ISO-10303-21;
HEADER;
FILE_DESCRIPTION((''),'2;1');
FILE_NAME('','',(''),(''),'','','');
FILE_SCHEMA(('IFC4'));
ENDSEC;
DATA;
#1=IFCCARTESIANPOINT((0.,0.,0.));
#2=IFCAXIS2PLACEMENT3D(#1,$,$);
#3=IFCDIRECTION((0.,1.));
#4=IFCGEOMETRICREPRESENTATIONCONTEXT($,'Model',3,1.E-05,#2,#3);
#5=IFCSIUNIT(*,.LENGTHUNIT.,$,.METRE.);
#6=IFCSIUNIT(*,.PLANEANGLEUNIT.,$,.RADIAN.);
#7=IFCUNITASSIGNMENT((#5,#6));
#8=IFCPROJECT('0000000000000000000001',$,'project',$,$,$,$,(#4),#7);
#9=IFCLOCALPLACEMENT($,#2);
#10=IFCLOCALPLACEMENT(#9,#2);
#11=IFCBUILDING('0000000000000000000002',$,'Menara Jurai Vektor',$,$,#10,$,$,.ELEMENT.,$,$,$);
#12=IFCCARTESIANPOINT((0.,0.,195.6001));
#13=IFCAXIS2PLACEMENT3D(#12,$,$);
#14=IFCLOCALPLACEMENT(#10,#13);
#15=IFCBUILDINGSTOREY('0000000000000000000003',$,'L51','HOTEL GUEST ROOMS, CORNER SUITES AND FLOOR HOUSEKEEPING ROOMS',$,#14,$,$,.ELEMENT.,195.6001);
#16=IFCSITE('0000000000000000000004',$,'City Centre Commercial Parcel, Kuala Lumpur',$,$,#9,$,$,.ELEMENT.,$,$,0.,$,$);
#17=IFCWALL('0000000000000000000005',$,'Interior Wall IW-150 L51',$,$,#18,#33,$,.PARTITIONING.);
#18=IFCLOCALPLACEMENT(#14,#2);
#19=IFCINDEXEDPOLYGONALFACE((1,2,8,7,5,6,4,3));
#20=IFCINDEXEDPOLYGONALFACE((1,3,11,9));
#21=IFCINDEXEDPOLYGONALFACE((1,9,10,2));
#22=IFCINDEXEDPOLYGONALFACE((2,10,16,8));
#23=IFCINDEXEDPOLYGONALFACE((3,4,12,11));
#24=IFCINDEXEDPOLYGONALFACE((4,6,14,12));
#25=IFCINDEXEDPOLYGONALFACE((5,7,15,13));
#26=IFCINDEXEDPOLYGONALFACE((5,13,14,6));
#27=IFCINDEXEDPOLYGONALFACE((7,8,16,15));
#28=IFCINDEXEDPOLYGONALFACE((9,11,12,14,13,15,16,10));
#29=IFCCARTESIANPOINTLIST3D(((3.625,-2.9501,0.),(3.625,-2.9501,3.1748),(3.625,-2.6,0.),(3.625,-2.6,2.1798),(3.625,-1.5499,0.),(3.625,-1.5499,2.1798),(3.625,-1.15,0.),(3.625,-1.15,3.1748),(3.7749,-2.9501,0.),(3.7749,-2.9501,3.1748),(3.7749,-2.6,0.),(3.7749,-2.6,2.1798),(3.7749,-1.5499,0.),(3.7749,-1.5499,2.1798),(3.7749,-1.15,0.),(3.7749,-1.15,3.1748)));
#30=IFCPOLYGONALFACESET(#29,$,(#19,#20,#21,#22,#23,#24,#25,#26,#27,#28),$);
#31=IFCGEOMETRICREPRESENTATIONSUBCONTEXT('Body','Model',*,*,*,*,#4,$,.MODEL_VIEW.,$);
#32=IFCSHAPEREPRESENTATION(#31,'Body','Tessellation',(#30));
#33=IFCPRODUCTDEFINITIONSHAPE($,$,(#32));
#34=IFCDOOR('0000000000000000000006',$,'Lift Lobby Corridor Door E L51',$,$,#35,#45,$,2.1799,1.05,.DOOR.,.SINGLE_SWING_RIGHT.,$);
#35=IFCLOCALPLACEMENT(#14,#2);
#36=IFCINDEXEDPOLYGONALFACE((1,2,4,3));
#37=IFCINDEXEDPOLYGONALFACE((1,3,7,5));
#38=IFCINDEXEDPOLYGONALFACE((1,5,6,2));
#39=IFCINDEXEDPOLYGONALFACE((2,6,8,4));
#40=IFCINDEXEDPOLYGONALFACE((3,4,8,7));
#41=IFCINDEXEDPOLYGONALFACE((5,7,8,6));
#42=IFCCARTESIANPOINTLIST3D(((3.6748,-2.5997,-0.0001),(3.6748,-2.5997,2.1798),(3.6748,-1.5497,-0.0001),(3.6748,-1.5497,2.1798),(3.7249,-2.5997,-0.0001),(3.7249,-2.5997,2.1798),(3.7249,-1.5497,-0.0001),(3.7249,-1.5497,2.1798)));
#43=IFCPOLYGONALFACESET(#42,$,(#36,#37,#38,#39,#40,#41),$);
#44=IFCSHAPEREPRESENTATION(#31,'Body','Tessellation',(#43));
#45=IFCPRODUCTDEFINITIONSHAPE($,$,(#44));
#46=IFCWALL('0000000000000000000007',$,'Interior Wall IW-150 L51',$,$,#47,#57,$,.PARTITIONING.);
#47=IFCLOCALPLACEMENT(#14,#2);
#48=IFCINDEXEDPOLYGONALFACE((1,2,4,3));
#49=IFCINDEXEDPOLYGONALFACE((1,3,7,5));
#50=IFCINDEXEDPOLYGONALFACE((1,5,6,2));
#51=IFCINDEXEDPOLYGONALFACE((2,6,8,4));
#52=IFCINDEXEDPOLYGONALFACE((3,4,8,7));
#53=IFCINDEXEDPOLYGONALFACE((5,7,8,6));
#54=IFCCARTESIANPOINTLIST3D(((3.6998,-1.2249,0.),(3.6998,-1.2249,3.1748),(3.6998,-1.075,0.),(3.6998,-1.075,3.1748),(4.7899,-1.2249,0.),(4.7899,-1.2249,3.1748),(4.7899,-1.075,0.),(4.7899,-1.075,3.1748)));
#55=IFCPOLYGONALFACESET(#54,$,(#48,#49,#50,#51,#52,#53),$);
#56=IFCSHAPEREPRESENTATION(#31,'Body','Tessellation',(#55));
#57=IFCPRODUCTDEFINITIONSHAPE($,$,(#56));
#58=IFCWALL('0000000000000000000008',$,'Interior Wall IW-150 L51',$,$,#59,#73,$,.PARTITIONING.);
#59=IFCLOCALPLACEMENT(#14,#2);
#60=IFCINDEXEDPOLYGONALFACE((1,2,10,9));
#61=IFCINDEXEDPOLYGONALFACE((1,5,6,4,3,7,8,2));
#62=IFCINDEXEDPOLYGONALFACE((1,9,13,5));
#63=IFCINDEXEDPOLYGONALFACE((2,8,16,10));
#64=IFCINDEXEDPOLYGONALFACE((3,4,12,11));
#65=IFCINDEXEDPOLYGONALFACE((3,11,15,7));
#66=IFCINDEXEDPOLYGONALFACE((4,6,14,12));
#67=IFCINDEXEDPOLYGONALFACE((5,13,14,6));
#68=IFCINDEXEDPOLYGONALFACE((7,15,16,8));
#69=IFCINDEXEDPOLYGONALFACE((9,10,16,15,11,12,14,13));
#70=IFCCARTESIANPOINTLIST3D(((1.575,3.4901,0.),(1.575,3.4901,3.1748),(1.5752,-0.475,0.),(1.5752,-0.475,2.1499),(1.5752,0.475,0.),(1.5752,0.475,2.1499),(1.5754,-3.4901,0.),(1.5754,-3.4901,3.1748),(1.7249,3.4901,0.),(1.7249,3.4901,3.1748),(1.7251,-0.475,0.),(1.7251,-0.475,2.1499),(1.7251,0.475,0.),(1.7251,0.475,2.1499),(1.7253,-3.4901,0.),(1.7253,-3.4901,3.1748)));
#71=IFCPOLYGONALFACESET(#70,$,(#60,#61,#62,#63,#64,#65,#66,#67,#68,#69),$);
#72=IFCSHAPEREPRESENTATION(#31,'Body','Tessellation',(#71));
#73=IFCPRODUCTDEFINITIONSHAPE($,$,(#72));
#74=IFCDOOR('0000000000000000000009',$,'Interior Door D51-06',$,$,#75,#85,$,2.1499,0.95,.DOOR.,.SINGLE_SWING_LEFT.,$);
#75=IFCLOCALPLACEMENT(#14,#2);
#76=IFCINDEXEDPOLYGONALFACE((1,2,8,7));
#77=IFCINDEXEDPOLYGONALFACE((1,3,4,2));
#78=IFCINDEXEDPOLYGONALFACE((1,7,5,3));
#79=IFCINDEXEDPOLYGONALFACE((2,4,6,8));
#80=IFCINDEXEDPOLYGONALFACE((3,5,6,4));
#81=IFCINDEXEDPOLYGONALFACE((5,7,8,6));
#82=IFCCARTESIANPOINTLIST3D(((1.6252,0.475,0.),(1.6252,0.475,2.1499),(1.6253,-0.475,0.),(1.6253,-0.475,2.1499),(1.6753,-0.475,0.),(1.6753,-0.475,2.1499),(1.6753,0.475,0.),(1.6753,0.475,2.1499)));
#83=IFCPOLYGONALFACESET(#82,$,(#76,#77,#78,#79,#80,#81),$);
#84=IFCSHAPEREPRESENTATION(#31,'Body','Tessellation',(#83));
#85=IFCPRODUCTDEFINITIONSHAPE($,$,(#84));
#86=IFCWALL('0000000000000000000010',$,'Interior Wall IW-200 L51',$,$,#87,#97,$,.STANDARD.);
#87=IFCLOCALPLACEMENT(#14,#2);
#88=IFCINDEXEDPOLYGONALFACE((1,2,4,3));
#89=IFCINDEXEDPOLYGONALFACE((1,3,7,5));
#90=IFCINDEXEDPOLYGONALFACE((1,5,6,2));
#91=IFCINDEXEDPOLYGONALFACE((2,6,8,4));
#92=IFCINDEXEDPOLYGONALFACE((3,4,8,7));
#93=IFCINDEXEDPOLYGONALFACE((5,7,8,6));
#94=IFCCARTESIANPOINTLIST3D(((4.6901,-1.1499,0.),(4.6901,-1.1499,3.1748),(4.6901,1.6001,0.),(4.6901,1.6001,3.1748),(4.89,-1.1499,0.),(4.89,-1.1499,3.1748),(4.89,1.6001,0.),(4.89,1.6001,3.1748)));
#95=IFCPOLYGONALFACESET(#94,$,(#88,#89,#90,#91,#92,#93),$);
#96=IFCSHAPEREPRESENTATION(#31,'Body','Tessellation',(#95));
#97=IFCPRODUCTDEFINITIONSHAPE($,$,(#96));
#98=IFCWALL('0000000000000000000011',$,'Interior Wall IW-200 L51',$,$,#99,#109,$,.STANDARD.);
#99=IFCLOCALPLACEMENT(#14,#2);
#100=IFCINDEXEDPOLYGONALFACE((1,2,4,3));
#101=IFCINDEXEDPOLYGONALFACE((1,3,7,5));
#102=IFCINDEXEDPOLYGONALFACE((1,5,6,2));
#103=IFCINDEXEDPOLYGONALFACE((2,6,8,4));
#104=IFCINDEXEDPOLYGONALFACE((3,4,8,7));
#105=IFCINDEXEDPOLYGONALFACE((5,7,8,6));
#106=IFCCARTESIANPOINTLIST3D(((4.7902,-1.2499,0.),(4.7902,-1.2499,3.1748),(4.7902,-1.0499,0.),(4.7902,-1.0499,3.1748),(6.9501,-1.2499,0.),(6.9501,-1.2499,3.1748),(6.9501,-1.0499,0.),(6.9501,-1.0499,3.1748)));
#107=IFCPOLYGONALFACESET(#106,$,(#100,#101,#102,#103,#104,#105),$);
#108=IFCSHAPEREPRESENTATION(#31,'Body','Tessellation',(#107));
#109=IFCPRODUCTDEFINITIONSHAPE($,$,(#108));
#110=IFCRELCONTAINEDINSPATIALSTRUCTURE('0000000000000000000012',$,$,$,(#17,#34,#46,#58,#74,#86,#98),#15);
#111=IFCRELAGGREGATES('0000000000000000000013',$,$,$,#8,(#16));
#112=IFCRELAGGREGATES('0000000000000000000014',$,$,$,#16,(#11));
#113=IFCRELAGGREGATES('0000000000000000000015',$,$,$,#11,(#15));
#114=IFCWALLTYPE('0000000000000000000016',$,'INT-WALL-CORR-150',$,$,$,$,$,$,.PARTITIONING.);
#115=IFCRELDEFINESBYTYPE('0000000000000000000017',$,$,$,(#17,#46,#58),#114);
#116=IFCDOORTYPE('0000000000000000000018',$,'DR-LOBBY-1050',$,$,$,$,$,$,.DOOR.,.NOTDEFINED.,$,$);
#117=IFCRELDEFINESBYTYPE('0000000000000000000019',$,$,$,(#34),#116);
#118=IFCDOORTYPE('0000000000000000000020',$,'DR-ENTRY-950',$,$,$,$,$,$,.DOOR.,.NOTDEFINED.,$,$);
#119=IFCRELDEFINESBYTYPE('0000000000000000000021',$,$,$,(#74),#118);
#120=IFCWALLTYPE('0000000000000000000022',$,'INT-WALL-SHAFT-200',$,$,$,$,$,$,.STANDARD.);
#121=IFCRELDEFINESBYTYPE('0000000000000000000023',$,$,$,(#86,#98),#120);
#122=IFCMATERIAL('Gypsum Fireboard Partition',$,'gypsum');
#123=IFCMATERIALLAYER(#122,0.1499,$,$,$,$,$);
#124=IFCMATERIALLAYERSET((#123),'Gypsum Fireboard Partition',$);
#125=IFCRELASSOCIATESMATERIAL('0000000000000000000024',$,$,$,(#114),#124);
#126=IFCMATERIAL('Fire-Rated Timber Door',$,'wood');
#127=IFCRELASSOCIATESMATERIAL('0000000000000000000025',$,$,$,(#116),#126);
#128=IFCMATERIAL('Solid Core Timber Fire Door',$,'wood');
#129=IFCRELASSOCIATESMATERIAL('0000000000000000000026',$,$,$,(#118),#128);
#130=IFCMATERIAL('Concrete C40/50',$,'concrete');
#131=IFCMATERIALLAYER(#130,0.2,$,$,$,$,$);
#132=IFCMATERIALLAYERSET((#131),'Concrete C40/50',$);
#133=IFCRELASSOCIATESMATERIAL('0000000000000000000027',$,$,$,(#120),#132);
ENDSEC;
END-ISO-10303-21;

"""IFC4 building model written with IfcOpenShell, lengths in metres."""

from ifc_helpers import new_model, si_unit, direction, frame, frame_2d, origin, place, context, subcontext, project, spatial, rectangle, extrude, material, layer, layer_set, type_object, element, fill, save


model = new_model("IFC4")

# Units and contexts
model_context = context("Model", 3, precision=1e-05, world=origin(), true_north=direction((0.0, 1.0)))
body_context = subcontext(model_context, "Body", "Model", "MODEL_VIEW")
ifc_project = project(units=[si_unit("LENGTHUNIT", "METRE"), si_unit("PLANEANGLEUNIT", "RADIAN")], contexts=[model_context])

# Site, building, storey
site_placement = place(None, origin())
site = spatial("IfcSite", under=ifc_project, at=site_placement, Name="City Centre Commercial Parcel, Kuala Lumpur", CompositionType="ELEMENT", RefElevation=0.0)
building_placement = place(site_placement, origin())
building = spatial("IfcBuilding", under=site, at=building_placement, Name="Menara Jurai Vektor", CompositionType="ELEMENT")
storey_placement = place(building_placement, frame((0.0, 0.0, 195.6001)))
storey = spatial("IfcBuildingStorey", under=building, at=storey_placement, Name="L51", Description="HOTEL GUEST ROOMS, CORNER SUITES AND FLOOR HOUSEKEEPING ROOMS", CompositionType="ELEMENT", Elevation=195.6001)

# Shared definitions
ifc_material_1 = material(Name="Concrete C40/50", Category="concrete")

# Wall, opening, door
ifc_material_2 = material(Name="Gypsum Fireboard Partition", Category="gypsum")
ifc_layer_1 = layer(ifc_material_2, 0.1499)
ifc_layer_set_1 = layer_set([ifc_layer_1], Name="Gypsum Fireboard Partition")
wall_type_1 = type_object("IfcWallType", Name="INT-WALL-CORR-150", PredefinedType="PARTITIONING", material=ifc_layer_set_1)
wall_1_placement = place(storey_placement, frame((3.7, -2.95, 0.0), z_axis=(0.0, 0.0, 1.0), x_axis=(0.0, 1.0, 0.0)))
wall_1 = element("IfcWall", 1, at=wall_1_placement, inside=storey, type_object=wall_type_1, Name="Interior Wall IW-150 L51", PredefinedType="PARTITIONING", context=body_context, shape_type="SweptSolid", body=[
    extrude(rectangle(XDim=1.8, YDim=0.1499, at=frame_2d((0.8999, 0.0))), origin(), (0.0, 0.0, 1.0), 3.1748),
])
opening_1_placement = place(wall_1_placement, frame((0.3501, 0.0, 0.0)))
opening_1 = element("IfcOpeningElement", 2, at=opening_1_placement, cuts=wall_1, PredefinedType="OPENING", context=body_context, shape_type="SweptSolid", body=[
    extrude(rectangle(XDim=1.05, YDim=2.1799, at=frame_2d((0.5249, 1.0898))), frame((0.0, 0.085, 0.0), z_axis=(0.0, -1.0, 0.0), x_axis=(1.0, 0.0, 0.0)), (0.0, 0.0, 1.0), 0.1699),
])
ifc_material_3 = material(Name="Fire-Rated Timber Door", Category="wood")
door_type_1 = type_object("IfcDoorType", Name="DR-LOBBY-1050", OperationType="NOTDEFINED", PredefinedType="DOOR", material=ifc_material_3)
door_1_placement = place(opening_1_placement, frame((1.05, 0.0, 0.0), z_axis=(0.0, 0.0, 1.0), x_axis=(-1.0, 0.0, 0.0)))
door_1 = element("IfcDoor", 3, at=door_1_placement, inside=storey, type_object=door_type_1, Name="Lift Lobby Corridor Door E L51", OperationType="SINGLE_SWING_RIGHT", OverallHeight=2.1799, OverallWidth=1.05, PredefinedType="DOOR", context=body_context, shape_type="SweptSolid", body=[
    extrude(rectangle(XDim=1.05, YDim=2.1799, at=frame_2d((0.5249, 1.0898))), frame((0.0, 0.0249, 0.0), z_axis=(0.0, -1.0, 0.0), x_axis=(1.0, 0.0, 0.0)), (0.0, 0.0, 1.0), 0.05),
])
fill(opening_1, door_1)

# Wall
wall_2_placement = place(storey_placement, frame((3.7, -1.1499, 0.0), z_axis=(0.0, 0.0, 1.0), x_axis=(1.0, 0.0, 0.0)))
element("IfcWall", 4, at=wall_2_placement, inside=storey, type_object=wall_type_1, Name="Interior Wall IW-150 L51", PredefinedType="PARTITIONING", context=body_context, shape_type="SweptSolid", body=[
    extrude(rectangle(XDim=1.0901, YDim=0.1499, at=frame_2d((0.5449, 0.0))), origin(), (0.0, 0.0, 1.0), 3.1748),
])

# Wall, opening, door
wall_3_placement = place(storey_placement, frame((1.6504, -3.4902, 0.0), z_axis=(0.0, 0.0, 1.0), x_axis=(-0.00007, 1.0, 0.0)))
wall_3 = element("IfcWall", 5, at=wall_3_placement, inside=storey, type_object=wall_type_1, Name="Interior Wall IW-150 L51", PredefinedType="PARTITIONING", context=body_context, shape_type="SweptSolid", body=[
    extrude(rectangle(XDim=6.9802, YDim=0.1499, at=frame_2d((3.4902, 0.0))), origin(), (0.0, 0.0, 1.0), 3.1748),
])
opening_2_placement = place(wall_3_placement, frame((3.0151, 0.0, 0.0)))
opening_2 = element("IfcOpeningElement", 6, at=opening_2_placement, cuts=wall_3, PredefinedType="OPENING", context=body_context, shape_type="SweptSolid", body=[
    extrude(rectangle(XDim=0.95, YDim=2.1499, at=frame_2d((0.4751, 1.075))), frame((0.0, 0.085, 0.0), z_axis=(0.0, -1.0, 0.0), x_axis=(1.0, 0.0, 0.0)), (0.0, 0.0, 1.0), 0.1699),
])
ifc_material_4 = material(Name="Solid Core Timber Fire Door", Category="wood")
door_type_2 = type_object("IfcDoorType", Name="DR-ENTRY-950", OperationType="NOTDEFINED", PredefinedType="DOOR", material=ifc_material_4)
door_2_placement = place(opening_2_placement, origin())
door_2 = element("IfcDoor", 7, at=door_2_placement, inside=storey, type_object=door_type_2, Name="Interior Door D51-06", OperationType="SINGLE_SWING_LEFT", OverallHeight=2.1499, OverallWidth=0.95, PredefinedType="DOOR", context=body_context, shape_type="SweptSolid", body=[
    extrude(rectangle(XDim=0.95, YDim=2.1499, at=frame_2d((0.4751, 1.075))), frame((0.0, 0.0249, 0.0), z_axis=(0.0, -1.0, 0.0), x_axis=(1.0, 0.0, 0.0)), (0.0, 0.0, 1.0), 0.05),
])
fill(opening_2, door_2)

# Shared definitions
ifc_layer_2 = layer(ifc_material_1, 0.2)
ifc_layer_set_2 = layer_set([ifc_layer_2], Name="Concrete C40/50")
wall_type_2 = type_object("IfcWallType", Name="INT-WALL-SHAFT-200", PredefinedType="STANDARD", material=ifc_layer_set_2)

# Walls
wall_4_placement = place(storey_placement, frame((4.79, -1.1499, 0.0), z_axis=(0.0, 0.0, 1.0), x_axis=(0.0, 1.0, 0.0)))
element("IfcWall", 8, at=wall_4_placement, inside=storey, type_object=wall_type_2, Name="Interior Wall IW-200 L51", PredefinedType="STANDARD", context=body_context, shape_type="SweptSolid", body=[
    extrude(rectangle(XDim=2.75, YDim=0.2, at=frame_2d((1.375, 0.0))), origin(), (0.0, 0.0, 1.0), 3.1748),
])
wall_5_placement = place(storey_placement, frame((4.79, -1.1499, 0.0), z_axis=(0.0, 0.0, 1.0), x_axis=(1.0, 0.0, 0.0)))
element("IfcWall", 9, at=wall_5_placement, inside=storey, type_object=wall_type_2, Name="Interior Wall IW-200 L51", PredefinedType="STANDARD", context=body_context, shape_type="SweptSolid", body=[
    extrude(rectangle(XDim=2.1599, YDim=0.2, at=frame_2d((1.0801, 0.0))), origin(), (0.0, 0.0, 1.0), 3.1748),
])

save(model, "model.ifc")
